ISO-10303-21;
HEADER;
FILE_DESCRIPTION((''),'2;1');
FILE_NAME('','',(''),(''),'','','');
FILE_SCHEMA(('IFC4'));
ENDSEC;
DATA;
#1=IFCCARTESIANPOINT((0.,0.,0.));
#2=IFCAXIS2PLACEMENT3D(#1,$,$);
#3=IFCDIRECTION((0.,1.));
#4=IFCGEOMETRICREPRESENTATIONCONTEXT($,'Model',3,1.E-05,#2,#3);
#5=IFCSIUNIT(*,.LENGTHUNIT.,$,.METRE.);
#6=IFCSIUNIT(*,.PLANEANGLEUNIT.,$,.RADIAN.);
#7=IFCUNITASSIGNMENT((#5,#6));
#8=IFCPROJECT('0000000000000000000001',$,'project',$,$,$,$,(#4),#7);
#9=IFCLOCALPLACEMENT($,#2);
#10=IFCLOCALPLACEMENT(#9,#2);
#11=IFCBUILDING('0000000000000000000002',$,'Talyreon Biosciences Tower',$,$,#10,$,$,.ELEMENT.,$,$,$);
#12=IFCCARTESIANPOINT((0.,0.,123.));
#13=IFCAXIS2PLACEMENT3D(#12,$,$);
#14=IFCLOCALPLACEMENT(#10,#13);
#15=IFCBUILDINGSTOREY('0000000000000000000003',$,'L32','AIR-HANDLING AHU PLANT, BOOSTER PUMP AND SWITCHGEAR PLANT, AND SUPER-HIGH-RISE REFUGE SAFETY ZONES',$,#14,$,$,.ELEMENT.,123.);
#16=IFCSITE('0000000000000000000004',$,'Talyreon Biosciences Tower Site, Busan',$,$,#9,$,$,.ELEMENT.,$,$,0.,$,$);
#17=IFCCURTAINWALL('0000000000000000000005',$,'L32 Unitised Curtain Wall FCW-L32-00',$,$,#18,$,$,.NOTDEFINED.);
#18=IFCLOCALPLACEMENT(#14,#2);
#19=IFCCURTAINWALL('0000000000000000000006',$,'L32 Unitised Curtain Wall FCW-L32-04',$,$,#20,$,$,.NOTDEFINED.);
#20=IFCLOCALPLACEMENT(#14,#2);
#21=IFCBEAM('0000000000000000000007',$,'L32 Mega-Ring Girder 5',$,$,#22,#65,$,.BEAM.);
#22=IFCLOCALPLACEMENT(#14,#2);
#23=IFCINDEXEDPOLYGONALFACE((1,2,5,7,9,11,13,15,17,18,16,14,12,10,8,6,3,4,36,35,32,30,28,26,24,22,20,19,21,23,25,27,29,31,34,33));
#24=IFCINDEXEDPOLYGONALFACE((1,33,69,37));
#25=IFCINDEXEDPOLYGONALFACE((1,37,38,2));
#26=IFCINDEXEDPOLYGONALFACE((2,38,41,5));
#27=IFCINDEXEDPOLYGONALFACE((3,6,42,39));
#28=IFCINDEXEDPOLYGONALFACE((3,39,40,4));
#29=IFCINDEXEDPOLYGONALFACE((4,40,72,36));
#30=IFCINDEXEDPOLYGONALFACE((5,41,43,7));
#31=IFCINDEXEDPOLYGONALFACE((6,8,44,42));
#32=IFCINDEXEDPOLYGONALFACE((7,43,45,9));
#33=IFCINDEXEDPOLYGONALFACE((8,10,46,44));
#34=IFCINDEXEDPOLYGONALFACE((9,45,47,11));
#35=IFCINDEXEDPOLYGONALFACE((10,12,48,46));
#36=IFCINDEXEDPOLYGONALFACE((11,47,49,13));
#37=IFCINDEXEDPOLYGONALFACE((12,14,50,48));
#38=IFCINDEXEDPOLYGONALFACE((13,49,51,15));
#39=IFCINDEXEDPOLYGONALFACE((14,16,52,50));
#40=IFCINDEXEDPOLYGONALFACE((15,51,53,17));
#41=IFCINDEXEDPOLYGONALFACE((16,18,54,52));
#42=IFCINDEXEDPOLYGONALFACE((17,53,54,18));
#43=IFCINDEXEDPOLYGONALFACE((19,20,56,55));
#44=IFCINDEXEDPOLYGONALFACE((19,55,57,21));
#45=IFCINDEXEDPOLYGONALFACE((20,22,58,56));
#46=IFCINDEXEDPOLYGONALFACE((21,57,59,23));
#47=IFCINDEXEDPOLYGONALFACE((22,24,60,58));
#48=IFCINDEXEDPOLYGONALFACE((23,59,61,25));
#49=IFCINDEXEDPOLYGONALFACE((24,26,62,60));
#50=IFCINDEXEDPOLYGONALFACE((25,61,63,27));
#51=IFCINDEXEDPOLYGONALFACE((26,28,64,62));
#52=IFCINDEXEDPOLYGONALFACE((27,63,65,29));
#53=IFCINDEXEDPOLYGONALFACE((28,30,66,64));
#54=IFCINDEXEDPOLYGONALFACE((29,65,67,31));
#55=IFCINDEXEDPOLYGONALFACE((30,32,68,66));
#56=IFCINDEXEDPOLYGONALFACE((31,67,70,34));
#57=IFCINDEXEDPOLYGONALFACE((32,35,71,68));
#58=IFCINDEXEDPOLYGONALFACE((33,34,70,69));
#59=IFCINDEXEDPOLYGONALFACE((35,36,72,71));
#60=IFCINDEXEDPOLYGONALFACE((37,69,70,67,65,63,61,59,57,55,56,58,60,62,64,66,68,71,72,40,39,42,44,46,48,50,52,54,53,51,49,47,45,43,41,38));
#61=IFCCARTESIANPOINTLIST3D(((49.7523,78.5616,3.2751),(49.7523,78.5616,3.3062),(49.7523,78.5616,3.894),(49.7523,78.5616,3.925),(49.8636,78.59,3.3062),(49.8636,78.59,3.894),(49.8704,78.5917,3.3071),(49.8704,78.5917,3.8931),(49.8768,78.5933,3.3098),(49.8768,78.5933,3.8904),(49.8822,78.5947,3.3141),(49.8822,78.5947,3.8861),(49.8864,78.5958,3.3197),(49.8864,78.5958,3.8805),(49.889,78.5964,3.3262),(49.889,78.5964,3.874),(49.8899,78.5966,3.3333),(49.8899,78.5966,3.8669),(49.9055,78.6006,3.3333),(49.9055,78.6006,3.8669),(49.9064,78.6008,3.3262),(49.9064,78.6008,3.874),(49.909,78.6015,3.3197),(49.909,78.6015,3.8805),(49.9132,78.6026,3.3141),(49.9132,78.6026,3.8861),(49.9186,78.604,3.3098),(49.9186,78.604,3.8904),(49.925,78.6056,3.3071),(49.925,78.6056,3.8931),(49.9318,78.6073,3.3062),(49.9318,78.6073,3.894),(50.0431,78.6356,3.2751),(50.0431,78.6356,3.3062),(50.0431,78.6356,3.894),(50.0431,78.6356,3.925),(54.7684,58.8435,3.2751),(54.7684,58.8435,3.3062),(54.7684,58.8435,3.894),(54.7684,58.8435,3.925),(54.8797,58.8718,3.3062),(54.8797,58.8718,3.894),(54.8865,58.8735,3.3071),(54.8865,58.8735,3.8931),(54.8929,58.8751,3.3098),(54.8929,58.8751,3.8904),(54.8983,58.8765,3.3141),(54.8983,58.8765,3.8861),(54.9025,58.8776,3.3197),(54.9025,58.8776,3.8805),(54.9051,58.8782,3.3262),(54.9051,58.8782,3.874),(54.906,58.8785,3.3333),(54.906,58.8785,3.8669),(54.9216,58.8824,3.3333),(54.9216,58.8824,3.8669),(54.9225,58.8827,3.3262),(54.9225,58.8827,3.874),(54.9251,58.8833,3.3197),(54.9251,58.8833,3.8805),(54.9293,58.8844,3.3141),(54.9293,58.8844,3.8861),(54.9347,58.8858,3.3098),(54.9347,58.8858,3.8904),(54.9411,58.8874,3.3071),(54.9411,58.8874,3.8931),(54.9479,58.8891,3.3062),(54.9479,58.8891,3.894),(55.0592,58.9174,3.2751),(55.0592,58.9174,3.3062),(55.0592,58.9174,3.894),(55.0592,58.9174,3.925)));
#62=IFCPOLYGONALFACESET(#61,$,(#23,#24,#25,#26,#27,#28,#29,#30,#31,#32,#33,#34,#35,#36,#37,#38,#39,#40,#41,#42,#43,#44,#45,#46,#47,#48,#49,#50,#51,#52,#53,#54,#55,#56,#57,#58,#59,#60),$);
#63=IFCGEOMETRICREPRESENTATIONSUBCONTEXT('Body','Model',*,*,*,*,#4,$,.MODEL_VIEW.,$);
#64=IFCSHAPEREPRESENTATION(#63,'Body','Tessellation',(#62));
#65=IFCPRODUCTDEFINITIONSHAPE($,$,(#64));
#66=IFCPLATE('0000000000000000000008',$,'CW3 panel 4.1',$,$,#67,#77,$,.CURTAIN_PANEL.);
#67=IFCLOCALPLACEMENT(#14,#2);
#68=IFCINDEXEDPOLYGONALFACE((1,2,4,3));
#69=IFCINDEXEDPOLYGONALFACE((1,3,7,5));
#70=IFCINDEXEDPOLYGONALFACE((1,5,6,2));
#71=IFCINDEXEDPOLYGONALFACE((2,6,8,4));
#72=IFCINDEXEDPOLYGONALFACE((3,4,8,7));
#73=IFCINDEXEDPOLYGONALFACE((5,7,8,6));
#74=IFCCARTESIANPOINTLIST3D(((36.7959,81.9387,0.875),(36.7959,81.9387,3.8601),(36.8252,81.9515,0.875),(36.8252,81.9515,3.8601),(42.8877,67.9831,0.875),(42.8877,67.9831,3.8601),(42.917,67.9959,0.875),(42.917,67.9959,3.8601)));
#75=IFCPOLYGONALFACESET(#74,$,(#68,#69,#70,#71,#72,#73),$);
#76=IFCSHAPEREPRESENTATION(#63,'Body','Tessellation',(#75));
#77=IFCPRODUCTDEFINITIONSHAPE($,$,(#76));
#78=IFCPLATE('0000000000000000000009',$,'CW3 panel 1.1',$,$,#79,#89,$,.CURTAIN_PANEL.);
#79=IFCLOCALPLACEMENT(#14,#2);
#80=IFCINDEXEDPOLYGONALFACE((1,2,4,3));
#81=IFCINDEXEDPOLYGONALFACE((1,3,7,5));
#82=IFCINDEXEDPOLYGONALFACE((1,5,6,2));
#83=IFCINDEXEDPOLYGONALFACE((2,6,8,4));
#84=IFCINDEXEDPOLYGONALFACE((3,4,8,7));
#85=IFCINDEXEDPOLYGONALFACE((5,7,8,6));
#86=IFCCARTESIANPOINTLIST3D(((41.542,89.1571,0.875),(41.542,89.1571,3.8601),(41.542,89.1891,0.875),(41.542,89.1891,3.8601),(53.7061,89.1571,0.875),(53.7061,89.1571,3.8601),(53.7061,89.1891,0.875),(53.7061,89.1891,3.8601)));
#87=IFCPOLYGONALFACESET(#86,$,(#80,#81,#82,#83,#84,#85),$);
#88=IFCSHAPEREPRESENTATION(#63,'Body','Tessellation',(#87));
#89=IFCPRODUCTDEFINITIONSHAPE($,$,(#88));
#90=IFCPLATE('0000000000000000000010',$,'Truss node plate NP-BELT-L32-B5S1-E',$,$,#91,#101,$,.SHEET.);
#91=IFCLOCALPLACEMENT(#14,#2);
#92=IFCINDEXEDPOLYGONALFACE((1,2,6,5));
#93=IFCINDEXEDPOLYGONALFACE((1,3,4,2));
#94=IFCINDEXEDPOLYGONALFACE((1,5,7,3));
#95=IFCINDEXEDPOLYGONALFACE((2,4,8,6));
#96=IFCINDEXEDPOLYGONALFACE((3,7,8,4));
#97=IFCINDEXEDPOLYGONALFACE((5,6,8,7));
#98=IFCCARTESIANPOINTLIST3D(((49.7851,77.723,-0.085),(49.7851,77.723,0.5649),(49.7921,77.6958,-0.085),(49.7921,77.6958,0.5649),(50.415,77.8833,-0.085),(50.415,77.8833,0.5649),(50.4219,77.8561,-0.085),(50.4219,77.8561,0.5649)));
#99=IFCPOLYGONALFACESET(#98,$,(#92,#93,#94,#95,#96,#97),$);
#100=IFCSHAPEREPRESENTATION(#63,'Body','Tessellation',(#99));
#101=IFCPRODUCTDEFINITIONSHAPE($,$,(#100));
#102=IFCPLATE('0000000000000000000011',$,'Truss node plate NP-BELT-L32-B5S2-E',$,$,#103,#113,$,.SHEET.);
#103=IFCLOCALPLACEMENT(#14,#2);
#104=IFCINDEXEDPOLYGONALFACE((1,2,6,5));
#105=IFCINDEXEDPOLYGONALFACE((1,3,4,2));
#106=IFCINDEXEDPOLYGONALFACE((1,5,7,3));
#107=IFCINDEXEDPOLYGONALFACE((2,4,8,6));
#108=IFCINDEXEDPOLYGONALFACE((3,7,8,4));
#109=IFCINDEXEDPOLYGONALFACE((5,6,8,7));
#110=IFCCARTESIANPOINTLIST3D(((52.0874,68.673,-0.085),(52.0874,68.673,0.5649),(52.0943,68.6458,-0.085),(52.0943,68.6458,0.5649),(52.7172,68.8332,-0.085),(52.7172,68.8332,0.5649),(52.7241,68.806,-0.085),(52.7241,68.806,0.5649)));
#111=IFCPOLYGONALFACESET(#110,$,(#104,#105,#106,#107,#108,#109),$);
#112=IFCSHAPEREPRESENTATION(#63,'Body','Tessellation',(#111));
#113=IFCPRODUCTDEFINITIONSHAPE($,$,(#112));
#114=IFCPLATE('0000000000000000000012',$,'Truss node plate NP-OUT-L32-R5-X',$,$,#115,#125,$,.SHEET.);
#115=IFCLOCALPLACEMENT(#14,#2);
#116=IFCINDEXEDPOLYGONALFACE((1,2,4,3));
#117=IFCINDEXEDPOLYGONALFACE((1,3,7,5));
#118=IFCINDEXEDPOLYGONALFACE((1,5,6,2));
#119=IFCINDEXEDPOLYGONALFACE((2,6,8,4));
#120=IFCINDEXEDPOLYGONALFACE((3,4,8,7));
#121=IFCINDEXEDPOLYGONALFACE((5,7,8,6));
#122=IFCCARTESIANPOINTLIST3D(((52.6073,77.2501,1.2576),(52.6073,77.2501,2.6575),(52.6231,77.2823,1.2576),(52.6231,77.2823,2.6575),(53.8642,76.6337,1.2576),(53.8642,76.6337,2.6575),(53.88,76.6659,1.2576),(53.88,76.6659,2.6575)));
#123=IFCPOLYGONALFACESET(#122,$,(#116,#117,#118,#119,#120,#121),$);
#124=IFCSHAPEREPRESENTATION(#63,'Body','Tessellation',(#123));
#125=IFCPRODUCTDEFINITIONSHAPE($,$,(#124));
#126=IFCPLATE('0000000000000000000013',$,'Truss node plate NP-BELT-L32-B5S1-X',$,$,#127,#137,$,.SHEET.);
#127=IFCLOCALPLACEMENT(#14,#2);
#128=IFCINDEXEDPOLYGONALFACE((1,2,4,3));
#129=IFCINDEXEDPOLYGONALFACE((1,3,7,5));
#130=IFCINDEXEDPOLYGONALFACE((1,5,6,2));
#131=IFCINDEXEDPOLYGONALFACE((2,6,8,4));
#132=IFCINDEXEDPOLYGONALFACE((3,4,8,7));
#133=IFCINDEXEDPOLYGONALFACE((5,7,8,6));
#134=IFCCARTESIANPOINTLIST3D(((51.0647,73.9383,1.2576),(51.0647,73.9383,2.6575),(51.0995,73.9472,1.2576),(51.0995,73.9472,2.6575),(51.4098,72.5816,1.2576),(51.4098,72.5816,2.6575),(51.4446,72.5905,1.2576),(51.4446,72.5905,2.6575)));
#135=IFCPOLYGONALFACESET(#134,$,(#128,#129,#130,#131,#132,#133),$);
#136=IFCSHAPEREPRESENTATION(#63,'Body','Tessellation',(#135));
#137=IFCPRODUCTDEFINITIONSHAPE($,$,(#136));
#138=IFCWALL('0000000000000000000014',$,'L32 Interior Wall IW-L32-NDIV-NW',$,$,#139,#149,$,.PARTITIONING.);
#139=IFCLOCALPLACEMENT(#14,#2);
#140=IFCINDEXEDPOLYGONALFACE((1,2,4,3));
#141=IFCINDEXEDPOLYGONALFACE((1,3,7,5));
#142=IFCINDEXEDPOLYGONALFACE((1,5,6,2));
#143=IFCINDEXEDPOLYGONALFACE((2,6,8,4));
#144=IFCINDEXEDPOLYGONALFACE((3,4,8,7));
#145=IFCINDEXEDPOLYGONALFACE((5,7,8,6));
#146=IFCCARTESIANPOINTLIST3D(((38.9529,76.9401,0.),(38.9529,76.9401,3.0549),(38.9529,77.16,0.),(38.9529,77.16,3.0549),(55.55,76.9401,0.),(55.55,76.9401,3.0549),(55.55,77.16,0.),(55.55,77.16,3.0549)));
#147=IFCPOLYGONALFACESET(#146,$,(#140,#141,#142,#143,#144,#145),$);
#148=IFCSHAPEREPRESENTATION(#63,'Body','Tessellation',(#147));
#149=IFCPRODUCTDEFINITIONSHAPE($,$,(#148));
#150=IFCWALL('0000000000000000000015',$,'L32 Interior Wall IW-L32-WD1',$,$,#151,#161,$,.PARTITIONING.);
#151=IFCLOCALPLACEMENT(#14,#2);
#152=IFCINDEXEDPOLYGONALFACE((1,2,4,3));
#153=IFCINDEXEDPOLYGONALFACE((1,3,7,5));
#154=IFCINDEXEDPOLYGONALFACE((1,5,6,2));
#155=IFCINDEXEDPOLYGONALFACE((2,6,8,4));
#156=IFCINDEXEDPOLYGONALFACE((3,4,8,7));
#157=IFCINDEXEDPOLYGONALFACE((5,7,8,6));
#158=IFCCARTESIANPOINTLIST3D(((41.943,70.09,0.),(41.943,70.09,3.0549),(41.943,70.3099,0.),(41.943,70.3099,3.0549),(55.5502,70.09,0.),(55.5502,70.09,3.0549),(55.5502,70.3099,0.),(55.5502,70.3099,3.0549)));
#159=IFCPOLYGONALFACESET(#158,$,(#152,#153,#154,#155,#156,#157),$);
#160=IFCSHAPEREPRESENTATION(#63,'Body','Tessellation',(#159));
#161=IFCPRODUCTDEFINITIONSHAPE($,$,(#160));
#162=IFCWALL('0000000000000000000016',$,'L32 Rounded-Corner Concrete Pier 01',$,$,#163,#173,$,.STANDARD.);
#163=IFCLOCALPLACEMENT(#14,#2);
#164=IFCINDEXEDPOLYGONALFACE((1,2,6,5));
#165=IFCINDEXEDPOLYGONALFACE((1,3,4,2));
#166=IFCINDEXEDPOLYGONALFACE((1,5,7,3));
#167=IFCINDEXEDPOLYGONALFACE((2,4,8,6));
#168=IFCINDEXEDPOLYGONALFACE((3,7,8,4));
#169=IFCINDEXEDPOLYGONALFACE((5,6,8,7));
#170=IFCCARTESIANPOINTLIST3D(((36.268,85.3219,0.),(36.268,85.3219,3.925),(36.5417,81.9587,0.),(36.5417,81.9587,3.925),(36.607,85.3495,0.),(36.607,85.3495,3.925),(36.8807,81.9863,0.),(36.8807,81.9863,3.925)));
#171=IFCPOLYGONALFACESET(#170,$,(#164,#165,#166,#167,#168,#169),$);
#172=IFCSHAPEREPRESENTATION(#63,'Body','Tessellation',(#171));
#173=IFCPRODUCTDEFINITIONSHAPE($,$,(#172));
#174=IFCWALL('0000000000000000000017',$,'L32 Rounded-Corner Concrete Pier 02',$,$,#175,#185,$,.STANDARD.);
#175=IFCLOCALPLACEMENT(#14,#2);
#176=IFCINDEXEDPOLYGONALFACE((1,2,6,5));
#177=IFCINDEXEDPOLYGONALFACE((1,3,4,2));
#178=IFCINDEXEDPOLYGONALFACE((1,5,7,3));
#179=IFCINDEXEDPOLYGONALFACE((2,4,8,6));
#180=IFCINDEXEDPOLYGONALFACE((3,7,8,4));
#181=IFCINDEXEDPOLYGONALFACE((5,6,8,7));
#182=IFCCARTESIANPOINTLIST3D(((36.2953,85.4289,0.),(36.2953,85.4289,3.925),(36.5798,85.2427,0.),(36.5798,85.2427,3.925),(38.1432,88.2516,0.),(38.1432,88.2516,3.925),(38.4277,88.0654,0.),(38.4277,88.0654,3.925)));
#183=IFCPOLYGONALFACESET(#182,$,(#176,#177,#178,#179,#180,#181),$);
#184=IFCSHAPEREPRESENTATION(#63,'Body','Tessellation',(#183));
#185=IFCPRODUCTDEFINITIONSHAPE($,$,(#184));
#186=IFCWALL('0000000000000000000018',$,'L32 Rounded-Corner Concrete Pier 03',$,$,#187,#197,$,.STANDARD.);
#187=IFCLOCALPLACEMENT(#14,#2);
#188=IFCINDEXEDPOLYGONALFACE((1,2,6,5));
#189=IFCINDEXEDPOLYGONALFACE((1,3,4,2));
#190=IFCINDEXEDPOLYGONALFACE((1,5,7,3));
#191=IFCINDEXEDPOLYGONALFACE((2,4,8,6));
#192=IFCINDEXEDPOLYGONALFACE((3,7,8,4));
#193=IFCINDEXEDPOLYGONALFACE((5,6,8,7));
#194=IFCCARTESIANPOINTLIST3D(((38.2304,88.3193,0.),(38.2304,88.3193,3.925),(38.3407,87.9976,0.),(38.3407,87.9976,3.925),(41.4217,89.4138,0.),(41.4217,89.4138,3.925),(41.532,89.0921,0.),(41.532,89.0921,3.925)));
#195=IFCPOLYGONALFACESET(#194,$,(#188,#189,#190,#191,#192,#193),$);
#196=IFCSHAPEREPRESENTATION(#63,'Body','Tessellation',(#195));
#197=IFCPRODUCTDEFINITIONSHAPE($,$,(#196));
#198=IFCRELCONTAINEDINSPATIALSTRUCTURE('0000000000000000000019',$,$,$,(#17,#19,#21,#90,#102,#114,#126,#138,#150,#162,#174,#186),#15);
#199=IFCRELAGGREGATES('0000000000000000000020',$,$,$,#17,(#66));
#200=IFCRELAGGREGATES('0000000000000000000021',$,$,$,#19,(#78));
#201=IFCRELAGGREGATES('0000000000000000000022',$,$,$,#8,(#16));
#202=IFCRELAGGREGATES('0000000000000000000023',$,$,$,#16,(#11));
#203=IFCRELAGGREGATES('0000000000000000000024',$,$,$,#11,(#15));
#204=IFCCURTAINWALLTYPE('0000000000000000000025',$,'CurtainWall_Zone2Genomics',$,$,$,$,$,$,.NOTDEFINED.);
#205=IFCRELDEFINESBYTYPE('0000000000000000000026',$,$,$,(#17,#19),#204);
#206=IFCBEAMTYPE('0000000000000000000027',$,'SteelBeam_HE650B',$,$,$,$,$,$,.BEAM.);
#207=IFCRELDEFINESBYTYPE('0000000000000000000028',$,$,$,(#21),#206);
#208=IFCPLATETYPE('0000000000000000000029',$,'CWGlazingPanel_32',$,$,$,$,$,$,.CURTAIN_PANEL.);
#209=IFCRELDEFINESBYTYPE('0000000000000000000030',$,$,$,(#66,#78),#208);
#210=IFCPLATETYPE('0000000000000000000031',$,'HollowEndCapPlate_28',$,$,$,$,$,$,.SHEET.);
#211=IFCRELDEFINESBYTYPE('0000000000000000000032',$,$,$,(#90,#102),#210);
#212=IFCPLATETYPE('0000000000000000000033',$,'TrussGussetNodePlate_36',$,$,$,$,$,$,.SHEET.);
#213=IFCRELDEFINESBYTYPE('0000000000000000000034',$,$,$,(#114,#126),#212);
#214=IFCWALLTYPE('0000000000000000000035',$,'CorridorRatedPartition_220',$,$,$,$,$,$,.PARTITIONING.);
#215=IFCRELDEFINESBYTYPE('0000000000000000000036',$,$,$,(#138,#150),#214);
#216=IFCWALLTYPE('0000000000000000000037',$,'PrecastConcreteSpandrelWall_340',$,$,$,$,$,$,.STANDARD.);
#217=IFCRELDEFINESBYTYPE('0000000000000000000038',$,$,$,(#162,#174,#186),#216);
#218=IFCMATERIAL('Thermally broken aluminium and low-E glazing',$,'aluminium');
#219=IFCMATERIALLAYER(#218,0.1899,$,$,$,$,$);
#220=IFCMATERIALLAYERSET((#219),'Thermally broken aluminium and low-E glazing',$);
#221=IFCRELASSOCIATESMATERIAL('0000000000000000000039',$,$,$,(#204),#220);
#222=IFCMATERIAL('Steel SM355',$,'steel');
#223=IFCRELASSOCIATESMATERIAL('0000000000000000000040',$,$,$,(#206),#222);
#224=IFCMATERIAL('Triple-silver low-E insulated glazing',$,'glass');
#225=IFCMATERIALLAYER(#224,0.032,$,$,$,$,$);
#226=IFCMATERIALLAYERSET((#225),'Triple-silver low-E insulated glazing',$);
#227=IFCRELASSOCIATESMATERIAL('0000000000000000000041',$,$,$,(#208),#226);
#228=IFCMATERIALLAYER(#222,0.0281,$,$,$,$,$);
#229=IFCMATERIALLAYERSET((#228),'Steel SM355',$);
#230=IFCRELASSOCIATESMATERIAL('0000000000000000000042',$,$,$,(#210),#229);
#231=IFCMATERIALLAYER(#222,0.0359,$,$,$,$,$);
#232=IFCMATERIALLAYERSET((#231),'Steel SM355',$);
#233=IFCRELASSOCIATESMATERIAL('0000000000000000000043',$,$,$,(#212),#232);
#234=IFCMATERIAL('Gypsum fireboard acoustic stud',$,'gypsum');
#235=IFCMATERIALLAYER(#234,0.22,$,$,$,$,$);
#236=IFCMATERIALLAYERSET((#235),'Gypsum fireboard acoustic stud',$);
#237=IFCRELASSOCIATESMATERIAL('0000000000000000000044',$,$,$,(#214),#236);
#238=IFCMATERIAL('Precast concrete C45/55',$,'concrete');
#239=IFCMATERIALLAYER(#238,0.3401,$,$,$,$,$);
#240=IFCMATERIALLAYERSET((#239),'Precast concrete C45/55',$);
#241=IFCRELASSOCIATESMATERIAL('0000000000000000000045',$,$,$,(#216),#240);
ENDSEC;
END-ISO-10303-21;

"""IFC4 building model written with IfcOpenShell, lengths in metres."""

from ifc_helpers import new_model, si_unit, direction, frame, frame_2d, origin, origin_2d, place, context, subcontext, project, spatial, rectangle, i_section, extrude, material, layer, layer_set, material_profile, profile_set, type_object, element, aggregate, save


model = new_model("IFC4")

# Units and contexts
model_context = context("Model", 3, precision=1e-05, world=origin(), true_north=direction((0.0, 1.0)))
body_context = subcontext(model_context, "Body", "Model", "MODEL_VIEW")
ifc_project = project(units=[si_unit("LENGTHUNIT", "METRE"), si_unit("PLANEANGLEUNIT", "RADIAN")], contexts=[model_context])

# Site, building, storey
site_placement = place(None, origin())
site = spatial("IfcSite", under=ifc_project, at=site_placement, Name="Talyreon Biosciences Tower Site, Busan", CompositionType="ELEMENT", RefElevation=0.0)
building_placement = place(site_placement, origin())
building = spatial("IfcBuilding", under=site, at=building_placement, Name="Talyreon Biosciences Tower", CompositionType="ELEMENT")
storey_placement = place(building_placement, frame((0.0, 0.0, 123.0)))
storey = spatial("IfcBuildingStorey", under=building, at=storey_placement, Name="L32", Description="AIR-HANDLING AHU PLANT, BOOSTER PUMP AND SWITCHGEAR PLANT, AND SUPER-HIGH-RISE REFUGE SAFETY ZONES", CompositionType="ELEMENT", Elevation=123.0)

# Shared definitions
ifc_material_1 = material(Name="Steel SM355", Category="steel")

# Curtain walls
ifc_material_2 = material(Name="Thermally broken aluminium and low-E glazing", Category="aluminium")
ifc_layer_1 = layer(ifc_material_2, 0.1899)
ifc_layer_set_1 = layer_set([ifc_layer_1], Name="Thermally broken aluminium and low-E glazing")
curtain_wall_type = type_object("IfcCurtainWallType", Name="CurtainWall_Zone2Genomics", PredefinedType="NOTDEFINED", material=ifc_layer_set_1)
curtain_wall_1_placement = place(storey_placement, origin())
curtain_wall_1 = element("IfcCurtainWall", 1, at=curtain_wall_1_placement, inside=storey, type_object=curtain_wall_type, Name="L32 Unitised Curtain Wall FCW-L32-00", PredefinedType="NOTDEFINED")
curtain_wall_2_placement = place(storey_placement, origin())
curtain_wall_2 = element("IfcCurtainWall", 2, at=curtain_wall_2_placement, inside=storey, type_object=curtain_wall_type, Name="L32 Unitised Curtain Wall FCW-L32-04", PredefinedType="NOTDEFINED")

# Shared definitions
ifc_material_3 = material(Name="Precast concrete C45/55", Category="concrete")

# Beam
ifc_material_profile_1 = material_profile(ifc_material_1, i_section(OverallWidth=0.3, OverallDepth=0.6499, WebThickness=0.0161, FlangeThickness=0.031, FilletRadius=0.0271, at=origin_2d()), Name="HE650B")
ifc_profile_set_1 = profile_set([ifc_material_profile_1], Name="Steel SM355")
beam_type_1 = type_object("IfcBeamType", Name="SteelBeam_HE650B", PredefinedType="BEAM", material=ifc_profile_set_1)
beam_1_placement = place(storey_placement, frame((49.8977, 78.5986, 3.6001), z_axis=(0.246537, -0.969133, 0.0), x_axis=(0.969133, 0.246537, 0.0)))
element("IfcBeam", 3, at=beam_1_placement, inside=storey, type_object=beam_type_1, Name="L32 Mega-Ring Girder 5", PredefinedType="BEAM", context=body_context, shape_type="SweptSolid", body=[
    extrude(i_section(OverallWidth=0.3, OverallDepth=0.6499, WebThickness=0.0161, FlangeThickness=0.031, FilletRadius=0.0271, at=origin_2d()), origin(), (0.0, 0.0, 1.0), 20.3462),
])

# Plates
ifc_material_4 = material(Name="Triple-silver low-E insulated glazing", Category="glass")
ifc_layer_2 = layer(ifc_material_4, 0.032)
ifc_layer_set_2 = layer_set([ifc_layer_2], Name="Triple-silver low-E insulated glazing")
plate_type_1 = type_object("IfcPlateType", Name="CWGlazingPanel_32", PredefinedType="CURTAIN_PANEL", material=ifc_layer_set_2)
plate_1_placement = place(storey_placement, frame((39.8564, 74.9673, 0.875), z_axis=(0.0, 0.0, 1.0), x_axis=(-0.400058, 0.91649, 0.0)))
plate_1 = element("IfcPlate", 4, at=plate_1_placement, type_object=plate_type_1, Name="CW3 panel 4.1", PredefinedType="CURTAIN_PANEL", context=body_context, shape_type="SweptSolid", body=[
    extrude(rectangle(XDim=15.2273, YDim=0.032, at=origin_2d()), origin(), (0.0, 0.0, 1.0), 2.9851),
])
aggregate(curtain_wall_1, [plate_1])
plate_2_placement = place(storey_placement, frame((47.624, 89.1731, 0.875), z_axis=(0.0, 0.0, 1.0), x_axis=(1.0, 0.0, 0.0)))
plate_2 = element("IfcPlate", 5, at=plate_2_placement, type_object=plate_type_1, Name="CW3 panel 1.1", PredefinedType="CURTAIN_PANEL", context=body_context, shape_type="SweptSolid", body=[
    extrude(rectangle(XDim=12.1641, YDim=0.032, at=origin_2d()), origin(), (0.0, 0.0, 1.0), 2.9851),
])
aggregate(curtain_wall_2, [plate_2])

# Plates
ifc_layer_3 = layer(ifc_material_1, 0.0281)
ifc_layer_set_3 = layer_set([ifc_layer_3], Name="Steel SM355")
plate_type_2 = type_object("IfcPlateType", Name="HollowEndCapPlate_28", PredefinedType="SHEET", material=ifc_layer_set_3)
for number, where, z_axis, x_axis, name in (
    (6, (50.1035, 77.7896, -0.085), (0.0, 0.0, 1.0), (0.969132, 0.246542, 0.0), "Truss node plate NP-BELT-L32-B5S1-E"),
    (7, (52.4058, 68.7395, -0.085), (0.0, 0.0, 1.0), (0.969132, 0.246542, 0.0), "Truss node plate NP-BELT-L32-B5S2-E"),
):
    element("IfcPlate", number, at=place(storey_placement, frame(where, z_axis=z_axis, x_axis=x_axis)), inside=storey, type_object=plate_type_2, Name=name, PredefinedType="SHEET", context=body_context, shape_type="SweptSolid", body=[
        extrude(rectangle(XDim=0.6499, YDim=0.0281, at=origin_2d()), origin(), (0.0, 0.0, 1.0), 0.6499),
    ])
ifc_layer_4 = layer(ifc_material_1, 0.0359)
ifc_layer_set_4 = layer_set([ifc_layer_4], Name="Steel SM355")
plate_type_3 = type_object("IfcPlateType", Name="TrussGussetNodePlate_36", PredefinedType="SHEET", material=ifc_layer_set_4)
for number, where, z_axis, x_axis, name in (
    (8, (53.2437, 76.958, 1.2576), (0.0, 0.0, 1.0), (-0.897859, 0.440284, 0.0), "Truss node plate NP-OUT-L32-R5-X"),
    (9, (51.2546, 73.2644, 1.2576), (0.0, 0.0, 1.0), (0.246542, -0.969132, 0.0), "Truss node plate NP-BELT-L32-B5S1-X"),
):
    element("IfcPlate", number, at=place(storey_placement, frame(where, z_axis=z_axis, x_axis=x_axis)), inside=storey, type_object=plate_type_3, Name=name, PredefinedType="SHEET", context=body_context, shape_type="SweptSolid", body=[
        extrude(rectangle(XDim=1.3999, YDim=0.0359, at=origin_2d()), origin(), (0.0, 0.0, 1.0), 1.3999),
    ])

# Walls
ifc_material_5 = material(Name="Gypsum fireboard acoustic stud", Category="gypsum")
ifc_layer_5 = layer(ifc_material_5, 0.22)
ifc_layer_set_5 = layer_set([ifc_layer_5], Name="Gypsum fireboard acoustic stud")
wall_type_1 = type_object("IfcWallType", Name="CorridorRatedPartition_220", PredefinedType="PARTITIONING", material=ifc_layer_set_5)
wall_1_placement = place(storey_placement, frame((38.9529, 77.05, 0.0), z_axis=(0.0, 0.0, 1.0), x_axis=(1.0, 0.0, 0.0)))
element("IfcWall", 10, at=wall_1_placement, inside=storey, type_object=wall_type_1, Name="L32 Interior Wall IW-L32-NDIV-NW", PredefinedType="PARTITIONING", context=body_context, shape_type="SweptSolid", body=[
    extrude(rectangle(XDim=16.5972, YDim=0.22, at=frame_2d((8.2986, 0.0))), origin(), (0.0, 0.0, 1.0), 3.0549),
])
wall_2_placement = place(storey_placement, frame((41.9429, 70.2, 0.0), z_axis=(0.0, 0.0, 1.0), x_axis=(1.0, 0.0, 0.0)))
element("IfcWall", 11, at=wall_2_placement, inside=storey, type_object=wall_type_1, Name="L32 Interior Wall IW-L32-WD1", PredefinedType="PARTITIONING", context=body_context, shape_type="SweptSolid", body=[
    extrude(rectangle(XDim=13.6072, YDim=0.22, at=frame_2d((6.8037, 0.0))), origin(), (0.0, 0.0, 1.0), 3.0549),
])
ifc_layer_6 = layer(ifc_material_3, 0.3401)
ifc_layer_set_6 = layer_set([ifc_layer_6], Name="Precast concrete C45/55")
wall_type_2 = type_object("IfcWallType", Name="PrecastConcreteSpandrelWall_340", PredefinedType="STANDARD", material=ifc_layer_set_6)
wall_3_placement = place(storey_placement, frame((36.7112, 81.9727, 0.0), z_axis=(0.0, 0.0, 1.0), x_axis=(-0.081111, 0.996705, 0.0)))
element("IfcWall", 12, at=wall_3_placement, inside=storey, type_object=wall_type_2, Name="L32 Rounded-Corner Concrete Pier 01", PredefinedType="STANDARD", context=body_context, shape_type="SweptSolid", body=[
    extrude(rectangle(XDim=3.3743, YDim=0.3401, at=frame_2d((1.687, 0.0))), origin(), (0.0, 0.0, 1.0), 3.925),
])
for number, where, z_axis, x_axis, name in (
    (13, (36.4375, 85.3357, 0.0), (0.0, 0.0, 1.0), (0.547717, 0.836664, 0.0), "L32 Rounded-Corner Concrete Pier 02"),
    (14, (38.2854, 88.1584, 0.0), (0.0, 0.0, 1.0), (0.94592, 0.3244, 0.0), "L32 Rounded-Corner Concrete Pier 03"),
):
    element("IfcWall", number, at=place(storey_placement, frame(where, z_axis=z_axis, x_axis=x_axis)), inside=storey, type_object=wall_type_2, Name=name, PredefinedType="STANDARD", context=body_context, shape_type="SweptSolid", body=[
        extrude(rectangle(XDim=3.3738, YDim=0.3401, at=frame_2d((1.687, 0.0))), origin(), (0.0, 0.0, 1.0), 3.925),
    ])

save(model, "model.ifc")
